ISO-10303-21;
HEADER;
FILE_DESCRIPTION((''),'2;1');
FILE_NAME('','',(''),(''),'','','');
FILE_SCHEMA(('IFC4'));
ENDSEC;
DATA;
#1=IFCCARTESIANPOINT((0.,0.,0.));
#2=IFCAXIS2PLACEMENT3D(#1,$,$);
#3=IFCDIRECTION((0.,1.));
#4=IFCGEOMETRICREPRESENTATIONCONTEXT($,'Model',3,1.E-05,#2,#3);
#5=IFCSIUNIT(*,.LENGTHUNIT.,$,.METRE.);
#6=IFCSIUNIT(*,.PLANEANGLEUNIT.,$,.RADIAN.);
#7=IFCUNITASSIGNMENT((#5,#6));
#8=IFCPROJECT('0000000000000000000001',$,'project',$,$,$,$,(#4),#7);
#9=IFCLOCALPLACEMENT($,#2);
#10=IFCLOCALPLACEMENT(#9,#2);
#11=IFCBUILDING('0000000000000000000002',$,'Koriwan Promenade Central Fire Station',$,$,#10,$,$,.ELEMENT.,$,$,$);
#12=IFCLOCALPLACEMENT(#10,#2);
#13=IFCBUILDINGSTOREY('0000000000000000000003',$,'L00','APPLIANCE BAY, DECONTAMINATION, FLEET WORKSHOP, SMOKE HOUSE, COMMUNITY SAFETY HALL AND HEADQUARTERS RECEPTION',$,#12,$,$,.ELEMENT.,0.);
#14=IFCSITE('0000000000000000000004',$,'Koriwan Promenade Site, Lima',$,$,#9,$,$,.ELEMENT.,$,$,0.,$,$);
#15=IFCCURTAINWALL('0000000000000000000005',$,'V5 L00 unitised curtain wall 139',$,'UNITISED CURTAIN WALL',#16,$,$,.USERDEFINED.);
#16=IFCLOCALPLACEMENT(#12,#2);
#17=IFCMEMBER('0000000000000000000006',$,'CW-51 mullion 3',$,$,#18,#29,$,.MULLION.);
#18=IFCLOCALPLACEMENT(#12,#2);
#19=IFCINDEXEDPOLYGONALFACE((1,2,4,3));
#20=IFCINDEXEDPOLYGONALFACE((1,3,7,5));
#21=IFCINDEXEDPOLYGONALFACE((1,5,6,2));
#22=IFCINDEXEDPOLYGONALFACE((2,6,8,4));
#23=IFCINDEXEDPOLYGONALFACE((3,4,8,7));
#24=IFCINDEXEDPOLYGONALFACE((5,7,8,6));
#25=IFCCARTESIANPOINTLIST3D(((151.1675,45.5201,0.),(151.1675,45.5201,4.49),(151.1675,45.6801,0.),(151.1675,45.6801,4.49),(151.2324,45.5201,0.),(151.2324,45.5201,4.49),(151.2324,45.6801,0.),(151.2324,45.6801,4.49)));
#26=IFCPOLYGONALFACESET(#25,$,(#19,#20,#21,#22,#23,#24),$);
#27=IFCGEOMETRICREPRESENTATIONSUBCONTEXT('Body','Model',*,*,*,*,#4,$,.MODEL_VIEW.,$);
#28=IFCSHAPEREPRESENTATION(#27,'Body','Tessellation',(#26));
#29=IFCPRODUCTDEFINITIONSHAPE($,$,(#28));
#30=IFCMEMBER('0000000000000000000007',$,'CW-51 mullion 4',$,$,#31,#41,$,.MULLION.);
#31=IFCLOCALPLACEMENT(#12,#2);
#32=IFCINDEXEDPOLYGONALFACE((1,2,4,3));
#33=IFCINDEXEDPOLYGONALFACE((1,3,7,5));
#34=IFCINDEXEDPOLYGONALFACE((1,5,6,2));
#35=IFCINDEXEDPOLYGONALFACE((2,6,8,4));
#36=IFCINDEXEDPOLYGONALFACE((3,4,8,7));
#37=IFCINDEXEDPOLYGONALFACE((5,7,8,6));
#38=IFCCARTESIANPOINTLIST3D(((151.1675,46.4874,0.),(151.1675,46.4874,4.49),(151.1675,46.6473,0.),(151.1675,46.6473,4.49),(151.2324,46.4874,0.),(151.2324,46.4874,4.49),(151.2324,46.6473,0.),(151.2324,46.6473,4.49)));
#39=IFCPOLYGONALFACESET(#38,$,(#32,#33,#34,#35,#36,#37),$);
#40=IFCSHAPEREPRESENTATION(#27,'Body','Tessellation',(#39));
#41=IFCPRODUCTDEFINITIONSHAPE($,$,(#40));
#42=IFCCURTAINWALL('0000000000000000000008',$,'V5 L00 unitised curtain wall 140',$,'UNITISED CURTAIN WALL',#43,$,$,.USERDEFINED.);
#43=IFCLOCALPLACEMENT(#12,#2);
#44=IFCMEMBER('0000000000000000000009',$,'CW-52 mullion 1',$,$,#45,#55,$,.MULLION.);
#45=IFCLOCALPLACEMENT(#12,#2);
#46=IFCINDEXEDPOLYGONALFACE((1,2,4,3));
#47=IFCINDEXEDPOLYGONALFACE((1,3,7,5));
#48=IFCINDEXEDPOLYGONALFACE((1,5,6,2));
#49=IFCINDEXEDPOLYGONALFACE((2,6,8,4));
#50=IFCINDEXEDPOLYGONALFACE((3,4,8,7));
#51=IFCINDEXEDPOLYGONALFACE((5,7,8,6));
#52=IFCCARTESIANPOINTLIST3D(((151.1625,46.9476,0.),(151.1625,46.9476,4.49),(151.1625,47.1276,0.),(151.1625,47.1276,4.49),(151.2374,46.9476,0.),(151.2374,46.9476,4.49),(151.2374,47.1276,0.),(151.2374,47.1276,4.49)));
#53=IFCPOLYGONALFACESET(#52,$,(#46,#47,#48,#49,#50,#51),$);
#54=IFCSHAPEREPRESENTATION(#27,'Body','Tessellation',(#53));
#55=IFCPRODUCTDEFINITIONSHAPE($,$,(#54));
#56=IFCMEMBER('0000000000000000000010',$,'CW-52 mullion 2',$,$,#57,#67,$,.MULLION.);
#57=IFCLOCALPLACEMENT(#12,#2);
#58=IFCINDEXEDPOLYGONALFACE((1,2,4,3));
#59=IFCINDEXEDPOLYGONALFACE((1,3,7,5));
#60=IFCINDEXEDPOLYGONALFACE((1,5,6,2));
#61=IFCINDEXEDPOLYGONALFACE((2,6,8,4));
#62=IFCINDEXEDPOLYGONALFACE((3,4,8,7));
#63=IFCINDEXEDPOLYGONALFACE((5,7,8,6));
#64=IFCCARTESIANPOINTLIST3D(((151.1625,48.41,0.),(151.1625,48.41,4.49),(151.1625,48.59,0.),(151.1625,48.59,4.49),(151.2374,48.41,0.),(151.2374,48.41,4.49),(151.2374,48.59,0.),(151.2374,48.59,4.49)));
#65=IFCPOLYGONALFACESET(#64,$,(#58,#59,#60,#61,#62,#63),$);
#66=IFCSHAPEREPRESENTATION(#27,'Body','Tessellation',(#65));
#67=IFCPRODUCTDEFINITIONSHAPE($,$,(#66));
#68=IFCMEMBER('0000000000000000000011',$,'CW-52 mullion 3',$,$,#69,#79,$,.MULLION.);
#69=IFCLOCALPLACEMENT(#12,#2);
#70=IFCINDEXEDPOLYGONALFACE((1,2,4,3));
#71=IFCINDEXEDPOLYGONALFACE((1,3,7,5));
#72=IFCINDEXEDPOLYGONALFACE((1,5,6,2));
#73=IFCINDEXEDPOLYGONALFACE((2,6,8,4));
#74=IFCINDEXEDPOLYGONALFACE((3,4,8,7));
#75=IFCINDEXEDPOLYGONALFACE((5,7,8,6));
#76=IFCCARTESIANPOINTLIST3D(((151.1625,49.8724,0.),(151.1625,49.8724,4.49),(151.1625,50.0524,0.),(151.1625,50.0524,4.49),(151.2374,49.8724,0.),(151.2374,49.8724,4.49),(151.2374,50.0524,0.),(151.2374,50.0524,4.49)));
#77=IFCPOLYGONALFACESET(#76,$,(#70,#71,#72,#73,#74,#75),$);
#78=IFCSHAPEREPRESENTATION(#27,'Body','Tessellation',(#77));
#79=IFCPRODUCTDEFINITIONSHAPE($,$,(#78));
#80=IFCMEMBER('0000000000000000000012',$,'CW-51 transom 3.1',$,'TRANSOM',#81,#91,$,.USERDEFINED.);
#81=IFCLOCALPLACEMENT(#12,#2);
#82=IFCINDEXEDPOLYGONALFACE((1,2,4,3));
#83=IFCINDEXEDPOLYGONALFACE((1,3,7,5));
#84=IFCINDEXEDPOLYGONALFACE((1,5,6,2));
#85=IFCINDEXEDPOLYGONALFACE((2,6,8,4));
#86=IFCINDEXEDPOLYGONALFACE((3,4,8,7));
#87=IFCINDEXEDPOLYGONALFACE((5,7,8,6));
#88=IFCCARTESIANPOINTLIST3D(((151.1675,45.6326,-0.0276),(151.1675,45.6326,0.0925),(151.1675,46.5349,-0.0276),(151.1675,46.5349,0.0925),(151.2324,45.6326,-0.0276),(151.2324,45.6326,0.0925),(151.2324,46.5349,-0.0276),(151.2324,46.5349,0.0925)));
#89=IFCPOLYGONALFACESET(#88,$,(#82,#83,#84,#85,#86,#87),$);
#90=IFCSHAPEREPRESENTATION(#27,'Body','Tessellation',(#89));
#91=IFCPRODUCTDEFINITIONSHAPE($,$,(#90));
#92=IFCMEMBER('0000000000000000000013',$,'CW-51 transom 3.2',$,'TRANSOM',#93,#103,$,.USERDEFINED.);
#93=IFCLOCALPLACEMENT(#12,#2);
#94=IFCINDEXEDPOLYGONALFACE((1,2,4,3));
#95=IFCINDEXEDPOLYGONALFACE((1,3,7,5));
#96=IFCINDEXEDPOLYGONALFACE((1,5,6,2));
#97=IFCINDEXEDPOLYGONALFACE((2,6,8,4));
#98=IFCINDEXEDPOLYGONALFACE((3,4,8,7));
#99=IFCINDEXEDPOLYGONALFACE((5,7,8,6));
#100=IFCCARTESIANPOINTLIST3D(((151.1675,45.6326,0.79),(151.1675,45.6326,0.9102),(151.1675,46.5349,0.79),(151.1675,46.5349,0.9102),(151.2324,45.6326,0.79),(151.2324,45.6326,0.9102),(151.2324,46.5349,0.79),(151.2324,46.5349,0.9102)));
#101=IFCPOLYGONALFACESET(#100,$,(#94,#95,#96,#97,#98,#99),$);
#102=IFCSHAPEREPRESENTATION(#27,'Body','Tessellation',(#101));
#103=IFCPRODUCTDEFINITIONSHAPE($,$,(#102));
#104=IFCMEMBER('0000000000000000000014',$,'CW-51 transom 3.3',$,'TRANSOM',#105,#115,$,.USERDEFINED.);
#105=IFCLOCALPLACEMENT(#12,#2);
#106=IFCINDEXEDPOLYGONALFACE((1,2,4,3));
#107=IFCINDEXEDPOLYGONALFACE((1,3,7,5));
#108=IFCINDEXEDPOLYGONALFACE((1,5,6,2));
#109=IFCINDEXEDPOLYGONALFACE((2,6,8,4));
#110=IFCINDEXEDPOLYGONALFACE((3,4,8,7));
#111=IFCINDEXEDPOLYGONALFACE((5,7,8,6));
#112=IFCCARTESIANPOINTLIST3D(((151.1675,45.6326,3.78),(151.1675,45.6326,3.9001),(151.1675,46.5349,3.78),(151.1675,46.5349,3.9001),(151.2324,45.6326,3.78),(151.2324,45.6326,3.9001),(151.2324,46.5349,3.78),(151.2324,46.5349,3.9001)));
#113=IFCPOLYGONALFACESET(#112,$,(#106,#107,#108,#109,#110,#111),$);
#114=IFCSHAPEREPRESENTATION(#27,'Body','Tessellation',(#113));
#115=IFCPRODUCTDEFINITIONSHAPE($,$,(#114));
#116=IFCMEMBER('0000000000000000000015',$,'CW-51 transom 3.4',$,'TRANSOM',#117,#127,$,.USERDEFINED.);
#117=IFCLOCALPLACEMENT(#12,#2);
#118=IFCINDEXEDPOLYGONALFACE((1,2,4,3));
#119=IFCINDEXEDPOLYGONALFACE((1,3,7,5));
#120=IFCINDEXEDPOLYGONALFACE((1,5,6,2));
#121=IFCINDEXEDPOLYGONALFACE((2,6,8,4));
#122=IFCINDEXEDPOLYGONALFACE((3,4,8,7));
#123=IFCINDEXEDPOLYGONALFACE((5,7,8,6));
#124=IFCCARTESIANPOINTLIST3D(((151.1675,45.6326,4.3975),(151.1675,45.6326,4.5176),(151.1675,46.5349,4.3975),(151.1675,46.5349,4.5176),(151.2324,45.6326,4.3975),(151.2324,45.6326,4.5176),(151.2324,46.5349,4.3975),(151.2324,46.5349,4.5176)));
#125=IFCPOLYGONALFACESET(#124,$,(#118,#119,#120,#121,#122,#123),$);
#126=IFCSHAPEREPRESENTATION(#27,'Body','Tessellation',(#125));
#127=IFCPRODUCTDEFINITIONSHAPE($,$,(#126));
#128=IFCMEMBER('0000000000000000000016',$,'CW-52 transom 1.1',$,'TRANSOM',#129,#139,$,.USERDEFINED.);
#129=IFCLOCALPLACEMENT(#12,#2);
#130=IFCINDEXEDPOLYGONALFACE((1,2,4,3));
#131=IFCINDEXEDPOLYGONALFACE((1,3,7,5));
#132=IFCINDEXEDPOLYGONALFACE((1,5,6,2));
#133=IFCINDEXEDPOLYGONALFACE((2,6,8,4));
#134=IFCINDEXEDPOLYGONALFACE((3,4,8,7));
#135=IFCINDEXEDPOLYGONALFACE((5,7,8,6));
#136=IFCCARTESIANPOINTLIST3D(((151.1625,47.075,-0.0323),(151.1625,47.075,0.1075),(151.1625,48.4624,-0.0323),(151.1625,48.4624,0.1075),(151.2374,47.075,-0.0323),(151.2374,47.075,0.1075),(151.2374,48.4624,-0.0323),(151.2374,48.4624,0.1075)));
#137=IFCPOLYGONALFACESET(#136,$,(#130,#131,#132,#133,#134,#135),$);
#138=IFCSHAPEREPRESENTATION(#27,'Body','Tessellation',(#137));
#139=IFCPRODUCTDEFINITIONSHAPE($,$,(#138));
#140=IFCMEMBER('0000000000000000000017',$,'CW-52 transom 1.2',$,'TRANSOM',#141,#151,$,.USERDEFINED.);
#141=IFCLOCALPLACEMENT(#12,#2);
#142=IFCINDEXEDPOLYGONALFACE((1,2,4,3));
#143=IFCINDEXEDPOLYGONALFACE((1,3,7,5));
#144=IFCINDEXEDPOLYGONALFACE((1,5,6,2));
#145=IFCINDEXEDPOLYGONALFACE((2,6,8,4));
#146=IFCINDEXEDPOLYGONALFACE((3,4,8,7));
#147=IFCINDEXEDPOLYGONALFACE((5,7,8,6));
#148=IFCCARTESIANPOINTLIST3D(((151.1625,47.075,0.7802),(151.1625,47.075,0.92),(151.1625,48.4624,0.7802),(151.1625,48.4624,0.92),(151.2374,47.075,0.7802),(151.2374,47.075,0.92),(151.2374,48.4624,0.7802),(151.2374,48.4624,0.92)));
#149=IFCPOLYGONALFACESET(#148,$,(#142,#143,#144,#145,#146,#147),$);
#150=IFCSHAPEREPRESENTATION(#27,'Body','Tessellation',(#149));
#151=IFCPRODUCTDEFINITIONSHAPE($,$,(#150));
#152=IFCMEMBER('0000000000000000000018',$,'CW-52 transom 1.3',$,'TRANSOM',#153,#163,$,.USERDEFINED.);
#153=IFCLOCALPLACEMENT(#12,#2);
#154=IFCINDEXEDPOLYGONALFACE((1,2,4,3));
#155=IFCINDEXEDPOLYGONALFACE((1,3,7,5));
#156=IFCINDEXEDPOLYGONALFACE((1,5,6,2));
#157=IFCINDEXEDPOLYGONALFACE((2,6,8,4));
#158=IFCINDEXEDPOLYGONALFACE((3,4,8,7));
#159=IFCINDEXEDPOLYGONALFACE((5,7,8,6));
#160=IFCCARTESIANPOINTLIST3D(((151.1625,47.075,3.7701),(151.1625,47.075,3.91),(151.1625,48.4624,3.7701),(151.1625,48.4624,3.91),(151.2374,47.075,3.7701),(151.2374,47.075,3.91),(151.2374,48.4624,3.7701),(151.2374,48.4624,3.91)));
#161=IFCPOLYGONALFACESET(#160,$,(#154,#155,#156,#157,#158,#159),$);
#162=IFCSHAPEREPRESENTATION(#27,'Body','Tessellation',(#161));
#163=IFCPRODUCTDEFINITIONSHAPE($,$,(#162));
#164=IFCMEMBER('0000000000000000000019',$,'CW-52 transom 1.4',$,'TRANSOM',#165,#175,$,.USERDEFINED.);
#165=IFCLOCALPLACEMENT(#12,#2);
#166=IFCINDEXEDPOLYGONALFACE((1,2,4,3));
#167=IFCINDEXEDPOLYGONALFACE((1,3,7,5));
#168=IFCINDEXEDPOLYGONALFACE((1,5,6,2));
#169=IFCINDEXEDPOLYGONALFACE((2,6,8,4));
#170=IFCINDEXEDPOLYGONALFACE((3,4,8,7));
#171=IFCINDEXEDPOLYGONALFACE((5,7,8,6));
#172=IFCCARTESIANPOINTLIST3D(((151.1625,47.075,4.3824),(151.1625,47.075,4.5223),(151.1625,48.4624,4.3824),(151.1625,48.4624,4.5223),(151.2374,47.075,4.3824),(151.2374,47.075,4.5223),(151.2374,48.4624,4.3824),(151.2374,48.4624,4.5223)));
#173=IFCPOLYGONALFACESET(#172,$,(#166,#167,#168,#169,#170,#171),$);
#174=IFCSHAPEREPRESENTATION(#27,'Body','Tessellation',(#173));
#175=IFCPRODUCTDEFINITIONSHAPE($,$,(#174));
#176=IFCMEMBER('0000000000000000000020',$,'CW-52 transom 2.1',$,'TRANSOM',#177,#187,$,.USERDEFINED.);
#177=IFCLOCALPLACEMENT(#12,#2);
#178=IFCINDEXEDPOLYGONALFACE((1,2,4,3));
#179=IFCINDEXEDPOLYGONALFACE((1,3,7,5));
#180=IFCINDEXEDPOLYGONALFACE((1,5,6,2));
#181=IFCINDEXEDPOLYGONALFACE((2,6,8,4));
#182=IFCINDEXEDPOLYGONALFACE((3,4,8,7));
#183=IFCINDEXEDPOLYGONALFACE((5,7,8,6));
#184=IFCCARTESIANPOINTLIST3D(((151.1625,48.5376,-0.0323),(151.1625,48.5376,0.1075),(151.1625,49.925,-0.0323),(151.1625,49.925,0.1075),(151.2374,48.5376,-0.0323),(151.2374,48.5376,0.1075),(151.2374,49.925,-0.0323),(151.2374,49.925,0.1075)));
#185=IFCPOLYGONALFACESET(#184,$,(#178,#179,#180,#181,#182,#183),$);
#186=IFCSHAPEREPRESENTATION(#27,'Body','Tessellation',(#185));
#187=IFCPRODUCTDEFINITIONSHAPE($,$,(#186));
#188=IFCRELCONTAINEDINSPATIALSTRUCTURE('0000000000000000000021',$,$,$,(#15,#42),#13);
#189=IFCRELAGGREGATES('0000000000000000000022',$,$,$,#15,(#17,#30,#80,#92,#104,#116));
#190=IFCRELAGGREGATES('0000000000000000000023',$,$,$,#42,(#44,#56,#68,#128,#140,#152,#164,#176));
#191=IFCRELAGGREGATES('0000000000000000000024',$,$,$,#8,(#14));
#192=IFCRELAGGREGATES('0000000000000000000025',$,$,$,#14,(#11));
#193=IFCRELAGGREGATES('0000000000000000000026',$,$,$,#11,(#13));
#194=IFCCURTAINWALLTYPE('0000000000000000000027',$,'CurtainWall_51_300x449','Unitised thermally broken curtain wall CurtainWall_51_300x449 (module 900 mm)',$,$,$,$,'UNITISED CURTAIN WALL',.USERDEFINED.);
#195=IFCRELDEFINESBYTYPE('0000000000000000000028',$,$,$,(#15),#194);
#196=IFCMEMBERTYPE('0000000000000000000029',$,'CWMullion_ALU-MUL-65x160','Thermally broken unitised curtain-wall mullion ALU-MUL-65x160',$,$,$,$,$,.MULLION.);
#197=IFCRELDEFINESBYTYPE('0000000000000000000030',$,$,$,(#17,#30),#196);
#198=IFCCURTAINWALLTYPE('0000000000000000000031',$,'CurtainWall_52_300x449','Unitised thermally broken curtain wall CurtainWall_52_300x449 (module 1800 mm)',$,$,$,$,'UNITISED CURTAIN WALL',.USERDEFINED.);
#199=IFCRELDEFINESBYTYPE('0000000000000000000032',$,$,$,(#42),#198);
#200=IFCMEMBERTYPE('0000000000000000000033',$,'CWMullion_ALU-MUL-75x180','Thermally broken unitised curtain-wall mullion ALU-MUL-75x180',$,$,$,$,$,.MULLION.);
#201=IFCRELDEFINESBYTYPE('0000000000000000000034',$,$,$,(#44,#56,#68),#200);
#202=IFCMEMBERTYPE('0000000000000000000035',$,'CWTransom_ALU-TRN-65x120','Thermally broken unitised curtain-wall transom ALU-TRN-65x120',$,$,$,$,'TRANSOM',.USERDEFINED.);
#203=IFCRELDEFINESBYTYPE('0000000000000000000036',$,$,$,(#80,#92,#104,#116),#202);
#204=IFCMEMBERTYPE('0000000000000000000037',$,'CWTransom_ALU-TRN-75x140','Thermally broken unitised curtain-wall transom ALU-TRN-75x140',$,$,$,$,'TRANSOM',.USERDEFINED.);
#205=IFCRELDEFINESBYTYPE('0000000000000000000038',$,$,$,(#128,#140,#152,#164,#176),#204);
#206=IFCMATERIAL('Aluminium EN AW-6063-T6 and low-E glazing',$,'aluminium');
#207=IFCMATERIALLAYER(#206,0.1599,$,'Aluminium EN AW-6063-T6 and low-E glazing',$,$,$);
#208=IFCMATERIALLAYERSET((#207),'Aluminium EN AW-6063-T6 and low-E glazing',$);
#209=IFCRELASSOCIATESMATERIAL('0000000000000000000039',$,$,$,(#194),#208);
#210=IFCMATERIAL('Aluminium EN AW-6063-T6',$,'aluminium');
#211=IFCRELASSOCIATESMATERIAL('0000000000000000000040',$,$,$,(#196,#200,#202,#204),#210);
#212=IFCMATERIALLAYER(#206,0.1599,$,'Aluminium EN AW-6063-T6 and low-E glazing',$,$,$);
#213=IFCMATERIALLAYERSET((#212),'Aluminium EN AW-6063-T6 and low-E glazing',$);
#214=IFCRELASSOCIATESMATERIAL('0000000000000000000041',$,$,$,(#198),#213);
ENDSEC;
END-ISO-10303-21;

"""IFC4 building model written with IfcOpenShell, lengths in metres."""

from ifc_helpers import new_model, si_unit, direction, frame, origin, origin_2d, place, context, subcontext, project, spatial, rectangle, extrude, material, layer, layer_set, material_profile, profile_set, type_object, element, aggregate, save


model = new_model("IFC4")

# Units and contexts
model_context = context("Model", 3, precision=1e-05, world=origin(), true_north=direction((0.0, 1.0)))
body_context = subcontext(model_context, "Body", "Model", "MODEL_VIEW")
ifc_project = project(units=[si_unit("LENGTHUNIT", "METRE"), si_unit("PLANEANGLEUNIT", "RADIAN")], contexts=[model_context])

# Site, building, storey
site_placement = place(None, origin())
site = spatial("IfcSite", under=ifc_project, at=site_placement, Name="Koriwan Promenade Site, Lima", CompositionType="ELEMENT", RefElevation=0.0)
building_placement = place(site_placement, origin())
building = spatial("IfcBuilding", under=site, at=building_placement, Name="Koriwan Promenade Central Fire Station", CompositionType="ELEMENT")
storey_placement = place(building_placement, origin())
storey = spatial("IfcBuildingStorey", under=building, at=storey_placement, Name="L00", Description="APPLIANCE BAY, DECONTAMINATION, FLEET WORKSHOP, SMOKE HOUSE, COMMUNITY SAFETY HALL AND HEADQUARTERS RECEPTION", CompositionType="ELEMENT", Elevation=0.0)

# Curtain walls, members
ifc_material_1 = material(Name="Aluminium EN AW-6063-T6 and low-E glazing", Category="aluminium")
ifc_layer_1 = layer(ifc_material_1, 0.1599, Name="Aluminium EN AW-6063-T6 and low-E glazing")
ifc_layer_set_1 = layer_set([ifc_layer_1], Name="Aluminium EN AW-6063-T6 and low-E glazing")
curtain_wall_type_1 = type_object("IfcCurtainWallType", Name="CurtainWall_51_300x449", Description="Unitised thermally broken curtain wall CurtainWall_51_300x449 (module 900 mm)", ElementType="UNITISED CURTAIN WALL", PredefinedType="USERDEFINED", material=ifc_layer_set_1)
curtain_wall_1_placement = place(storey_placement, origin())
curtain_wall_1 = element("IfcCurtainWall", 1, at=curtain_wall_1_placement, inside=storey, type_object=curtain_wall_type_1, Name="V5 L00 unitised curtain wall 139", ObjectType="UNITISED CURTAIN WALL", PredefinedType="USERDEFINED")
ifc_material_2 = material(Name="Aluminium EN AW-6063-T6", Category="aluminium")
ifc_material_profile_1 = material_profile(ifc_material_2, rectangle(XDim=0.0649, YDim=0.1599, at=origin_2d()), Name="ALU-MUL-65x160")
ifc_profile_set_1 = profile_set([ifc_material_profile_1], Name="Aluminium EN AW-6063-T6")
member_type_1 = type_object("IfcMemberType", Name="CWMullion_ALU-MUL-65x160", Description="Thermally broken unitised curtain-wall mullion ALU-MUL-65x160", PredefinedType="MULLION", material=ifc_profile_set_1)
member_1_placement = place(storey_placement, frame((151.2, 45.6001, 0.0), z_axis=(0.0, 0.0, 1.0), x_axis=(-1.0, 0.0, 0.0)))
member_1 = element("IfcMember", 2, at=member_1_placement, type_object=member_type_1, Name="CW-51 mullion 3", PredefinedType="MULLION", context=body_context, shape_type="SweptSolid", body=[
    extrude(rectangle(XDim=0.0649, YDim=0.1599, at=origin_2d()), origin(), (0.0, 0.0, 1.0), 4.49),
])
member_2_placement = place(storey_placement, frame((151.2, 46.5674, 0.0), z_axis=(0.0, 0.0, 1.0), x_axis=(-1.0, 0.0, 0.0)))
member_2 = element("IfcMember", 3, at=member_2_placement, type_object=member_type_1, Name="CW-51 mullion 4", PredefinedType="MULLION", context=body_context, shape_type="SweptSolid", body=[
    extrude(rectangle(XDim=0.0649, YDim=0.1599, at=origin_2d()), origin(), (0.0, 0.0, 1.0), 4.49),
])
ifc_layer_2 = layer(ifc_material_1, 0.1599, Name="Aluminium EN AW-6063-T6 and low-E glazing")
ifc_layer_set_2 = layer_set([ifc_layer_2], Name="Aluminium EN AW-6063-T6 and low-E glazing")
curtain_wall_type_2 = type_object("IfcCurtainWallType", Name="CurtainWall_52_300x449", Description="Unitised thermally broken curtain wall CurtainWall_52_300x449 (module 1800 mm)", ElementType="UNITISED CURTAIN WALL", PredefinedType="USERDEFINED", material=ifc_layer_set_2)
curtain_wall_2_placement = place(storey_placement, origin())
curtain_wall_2 = element("IfcCurtainWall", 4, at=curtain_wall_2_placement, inside=storey, type_object=curtain_wall_type_2, Name="V5 L00 unitised curtain wall 140", ObjectType="UNITISED CURTAIN WALL", PredefinedType="USERDEFINED")
ifc_material_profile_2 = material_profile(ifc_material_2, rectangle(XDim=0.075, YDim=0.1799, at=origin_2d()), Name="ALU-MUL-75x180")
ifc_profile_set_2 = profile_set([ifc_material_profile_2], Name="Aluminium EN AW-6063-T6")
member_type_2 = type_object("IfcMemberType", Name="CWMullion_ALU-MUL-75x180", Description="Thermally broken unitised curtain-wall mullion ALU-MUL-75x180", PredefinedType="MULLION", material=ifc_profile_set_2)
member_3_placement = place(storey_placement, frame((151.2, 47.0376, 0.0), z_axis=(0.0, 0.0, 1.0), x_axis=(-1.0, 0.0, 0.0)))
member_3 = element("IfcMember", 5, at=member_3_placement, type_object=member_type_2, Name="CW-52 mullion 1", PredefinedType="MULLION", context=body_context, shape_type="SweptSolid", body=[
    extrude(rectangle(XDim=0.075, YDim=0.1799, at=origin_2d()), origin(), (0.0, 0.0, 1.0), 4.49),
])
member_4_placement = place(storey_placement, frame((151.2, 48.5, 0.0), z_axis=(0.0, 0.0, 1.0), x_axis=(-1.0, 0.0, 0.0)))
member_4 = element("IfcMember", 6, at=member_4_placement, type_object=member_type_2, Name="CW-52 mullion 2", PredefinedType="MULLION", context=body_context, shape_type="SweptSolid", body=[
    extrude(rectangle(XDim=0.075, YDim=0.1799, at=origin_2d()), origin(), (0.0, 0.0, 1.0), 4.49),
])
member_5_placement = place(storey_placement, frame((151.2, 49.9624, 0.0), z_axis=(0.0, 0.0, 1.0), x_axis=(-1.0, 0.0, 0.0)))
member_5 = element("IfcMember", 7, at=member_5_placement, type_object=member_type_2, Name="CW-52 mullion 3", PredefinedType="MULLION", context=body_context, shape_type="SweptSolid", body=[
    extrude(rectangle(XDim=0.075, YDim=0.1799, at=origin_2d()), origin(), (0.0, 0.0, 1.0), 4.49),
])

# Members
ifc_material_profile_3 = material_profile(ifc_material_2, rectangle(XDim=0.0649, YDim=0.1201, at=origin_2d()), Name="ALU-TRN-65x120")
ifc_profile_set_3 = profile_set([ifc_material_profile_3], Name="Aluminium EN AW-6063-T6")
member_type_3 = type_object("IfcMemberType", Name="CWTransom_ALU-TRN-65x120", Description="Thermally broken unitised curtain-wall transom ALU-TRN-65x120", ElementType="TRANSOM", PredefinedType="USERDEFINED", material=ifc_profile_set_3)
member_6_placement = place(storey_placement, frame((151.2, 45.6326, 0.0325), z_axis=(0.0, 1.0, 0.0), x_axis=(-1.0, 0.0, 0.0)))
member_6 = element("IfcMember", 8, at=member_6_placement, type_object=member_type_3, Name="CW-51 transom 3.1", ObjectType="TRANSOM", PredefinedType="USERDEFINED", context=body_context, shape_type="SweptSolid", body=[
    extrude(rectangle(XDim=0.0649, YDim=0.1201, at=origin_2d()), origin(), (0.0, 0.0, 1.0), 0.9023),
])
member_7_placement = place(storey_placement, frame((151.2, 45.6326, 0.8501), z_axis=(0.0, 1.0, 0.0), x_axis=(-1.0, 0.0, 0.0)))
member_7 = element("IfcMember", 9, at=member_7_placement, type_object=member_type_3, Name="CW-51 transom 3.2", ObjectType="TRANSOM", PredefinedType="USERDEFINED", context=body_context, shape_type="SweptSolid", body=[
    extrude(rectangle(XDim=0.0649, YDim=0.1201, at=origin_2d()), origin(), (0.0, 0.0, 1.0), 0.9023),
])
member_8_placement = place(storey_placement, frame((151.2, 45.6326, 3.8401), z_axis=(0.0, 1.0, 0.0), x_axis=(-1.0, 0.0, 0.0)))
member_8 = element("IfcMember", 10, at=member_8_placement, type_object=member_type_3, Name="CW-51 transom 3.3", ObjectType="TRANSOM", PredefinedType="USERDEFINED", context=body_context, shape_type="SweptSolid", body=[
    extrude(rectangle(XDim=0.0649, YDim=0.1201, at=origin_2d()), origin(), (0.0, 0.0, 1.0), 0.9023),
])
member_9_placement = place(storey_placement, frame((151.2, 45.6326, 4.4575), z_axis=(0.0, 1.0, 0.0), x_axis=(-1.0, 0.0, 0.0)))
member_9 = element("IfcMember", 11, at=member_9_placement, type_object=member_type_3, Name="CW-51 transom 3.4", ObjectType="TRANSOM", PredefinedType="USERDEFINED", context=body_context, shape_type="SweptSolid", body=[
    extrude(rectangle(XDim=0.0649, YDim=0.1201, at=origin_2d()), origin(), (0.0, 0.0, 1.0), 0.9023),
])
ifc_material_profile_4 = material_profile(ifc_material_2, rectangle(XDim=0.075, YDim=0.1399, at=origin_2d()), Name="ALU-TRN-75x140")
ifc_profile_set_4 = profile_set([ifc_material_profile_4], Name="Aluminium EN AW-6063-T6")
member_type_4 = type_object("IfcMemberType", Name="CWTransom_ALU-TRN-75x140", Description="Thermally broken unitised curtain-wall transom ALU-TRN-75x140", ElementType="TRANSOM", PredefinedType="USERDEFINED", material=ifc_profile_set_4)
member_10_placement = place(storey_placement, frame((151.2, 47.075, 0.0376), z_axis=(0.0, 1.0, 0.0), x_axis=(-1.0, 0.0, 0.0)))
member_10 = element("IfcMember", 12, at=member_10_placement, type_object=member_type_4, Name="CW-52 transom 1.1", ObjectType="TRANSOM", PredefinedType="USERDEFINED", context=body_context, shape_type="SweptSolid", body=[
    extrude(rectangle(XDim=0.075, YDim=0.1399, at=origin_2d()), origin(), (0.0, 0.0, 1.0), 1.3875),
])
member_11_placement = place(storey_placement, frame((151.2, 47.075, 0.8501), z_axis=(0.0, 1.0, 0.0), x_axis=(-1.0, 0.0, 0.0)))
member_11 = element("IfcMember", 13, at=member_11_placement, type_object=member_type_4, Name="CW-52 transom 1.2", ObjectType="TRANSOM", PredefinedType="USERDEFINED", context=body_context, shape_type="SweptSolid", body=[
    extrude(rectangle(XDim=0.075, YDim=0.1399, at=origin_2d()), origin(), (0.0, 0.0, 1.0), 1.3875),
])
member_12_placement = place(storey_placement, frame((151.2, 47.075, 3.8401), z_axis=(0.0, 1.0, 0.0), x_axis=(-1.0, 0.0, 0.0)))
member_12 = element("IfcMember", 14, at=member_12_placement, type_object=member_type_4, Name="CW-52 transom 1.3", ObjectType="TRANSOM", PredefinedType="USERDEFINED", context=body_context, shape_type="SweptSolid", body=[
    extrude(rectangle(XDim=0.075, YDim=0.1399, at=origin_2d()), origin(), (0.0, 0.0, 1.0), 1.3875),
])
member_13_placement = place(storey_placement, frame((151.2, 47.075, 4.4524), z_axis=(0.0, 1.0, 0.0), x_axis=(-1.0, 0.0, 0.0)))
member_13 = element("IfcMember", 15, at=member_13_placement, type_object=member_type_4, Name="CW-52 transom 1.4", ObjectType="TRANSOM", PredefinedType="USERDEFINED", context=body_context, shape_type="SweptSolid", body=[
    extrude(rectangle(XDim=0.075, YDim=0.1399, at=origin_2d()), origin(), (0.0, 0.0, 1.0), 1.3875),
])
member_14_placement = place(storey_placement, frame((151.2, 48.5376, 0.0376), z_axis=(0.0, 1.0, 0.0), x_axis=(-1.0, 0.0, 0.0)))
member_14 = element("IfcMember", 16, at=member_14_placement, type_object=member_type_4, Name="CW-52 transom 2.1", ObjectType="TRANSOM", PredefinedType="USERDEFINED", context=body_context, shape_type="SweptSolid", body=[
    extrude(rectangle(XDim=0.075, YDim=0.1399, at=origin_2d()), origin(), (0.0, 0.0, 1.0), 1.3875),
])

aggregate(curtain_wall_1, [member_1, member_2, member_6, member_7, member_8, member_9])
aggregate(curtain_wall_2, [member_3, member_4, member_5, member_10, member_11, member_12, member_13, member_14])

save(model, "model.ifc")
